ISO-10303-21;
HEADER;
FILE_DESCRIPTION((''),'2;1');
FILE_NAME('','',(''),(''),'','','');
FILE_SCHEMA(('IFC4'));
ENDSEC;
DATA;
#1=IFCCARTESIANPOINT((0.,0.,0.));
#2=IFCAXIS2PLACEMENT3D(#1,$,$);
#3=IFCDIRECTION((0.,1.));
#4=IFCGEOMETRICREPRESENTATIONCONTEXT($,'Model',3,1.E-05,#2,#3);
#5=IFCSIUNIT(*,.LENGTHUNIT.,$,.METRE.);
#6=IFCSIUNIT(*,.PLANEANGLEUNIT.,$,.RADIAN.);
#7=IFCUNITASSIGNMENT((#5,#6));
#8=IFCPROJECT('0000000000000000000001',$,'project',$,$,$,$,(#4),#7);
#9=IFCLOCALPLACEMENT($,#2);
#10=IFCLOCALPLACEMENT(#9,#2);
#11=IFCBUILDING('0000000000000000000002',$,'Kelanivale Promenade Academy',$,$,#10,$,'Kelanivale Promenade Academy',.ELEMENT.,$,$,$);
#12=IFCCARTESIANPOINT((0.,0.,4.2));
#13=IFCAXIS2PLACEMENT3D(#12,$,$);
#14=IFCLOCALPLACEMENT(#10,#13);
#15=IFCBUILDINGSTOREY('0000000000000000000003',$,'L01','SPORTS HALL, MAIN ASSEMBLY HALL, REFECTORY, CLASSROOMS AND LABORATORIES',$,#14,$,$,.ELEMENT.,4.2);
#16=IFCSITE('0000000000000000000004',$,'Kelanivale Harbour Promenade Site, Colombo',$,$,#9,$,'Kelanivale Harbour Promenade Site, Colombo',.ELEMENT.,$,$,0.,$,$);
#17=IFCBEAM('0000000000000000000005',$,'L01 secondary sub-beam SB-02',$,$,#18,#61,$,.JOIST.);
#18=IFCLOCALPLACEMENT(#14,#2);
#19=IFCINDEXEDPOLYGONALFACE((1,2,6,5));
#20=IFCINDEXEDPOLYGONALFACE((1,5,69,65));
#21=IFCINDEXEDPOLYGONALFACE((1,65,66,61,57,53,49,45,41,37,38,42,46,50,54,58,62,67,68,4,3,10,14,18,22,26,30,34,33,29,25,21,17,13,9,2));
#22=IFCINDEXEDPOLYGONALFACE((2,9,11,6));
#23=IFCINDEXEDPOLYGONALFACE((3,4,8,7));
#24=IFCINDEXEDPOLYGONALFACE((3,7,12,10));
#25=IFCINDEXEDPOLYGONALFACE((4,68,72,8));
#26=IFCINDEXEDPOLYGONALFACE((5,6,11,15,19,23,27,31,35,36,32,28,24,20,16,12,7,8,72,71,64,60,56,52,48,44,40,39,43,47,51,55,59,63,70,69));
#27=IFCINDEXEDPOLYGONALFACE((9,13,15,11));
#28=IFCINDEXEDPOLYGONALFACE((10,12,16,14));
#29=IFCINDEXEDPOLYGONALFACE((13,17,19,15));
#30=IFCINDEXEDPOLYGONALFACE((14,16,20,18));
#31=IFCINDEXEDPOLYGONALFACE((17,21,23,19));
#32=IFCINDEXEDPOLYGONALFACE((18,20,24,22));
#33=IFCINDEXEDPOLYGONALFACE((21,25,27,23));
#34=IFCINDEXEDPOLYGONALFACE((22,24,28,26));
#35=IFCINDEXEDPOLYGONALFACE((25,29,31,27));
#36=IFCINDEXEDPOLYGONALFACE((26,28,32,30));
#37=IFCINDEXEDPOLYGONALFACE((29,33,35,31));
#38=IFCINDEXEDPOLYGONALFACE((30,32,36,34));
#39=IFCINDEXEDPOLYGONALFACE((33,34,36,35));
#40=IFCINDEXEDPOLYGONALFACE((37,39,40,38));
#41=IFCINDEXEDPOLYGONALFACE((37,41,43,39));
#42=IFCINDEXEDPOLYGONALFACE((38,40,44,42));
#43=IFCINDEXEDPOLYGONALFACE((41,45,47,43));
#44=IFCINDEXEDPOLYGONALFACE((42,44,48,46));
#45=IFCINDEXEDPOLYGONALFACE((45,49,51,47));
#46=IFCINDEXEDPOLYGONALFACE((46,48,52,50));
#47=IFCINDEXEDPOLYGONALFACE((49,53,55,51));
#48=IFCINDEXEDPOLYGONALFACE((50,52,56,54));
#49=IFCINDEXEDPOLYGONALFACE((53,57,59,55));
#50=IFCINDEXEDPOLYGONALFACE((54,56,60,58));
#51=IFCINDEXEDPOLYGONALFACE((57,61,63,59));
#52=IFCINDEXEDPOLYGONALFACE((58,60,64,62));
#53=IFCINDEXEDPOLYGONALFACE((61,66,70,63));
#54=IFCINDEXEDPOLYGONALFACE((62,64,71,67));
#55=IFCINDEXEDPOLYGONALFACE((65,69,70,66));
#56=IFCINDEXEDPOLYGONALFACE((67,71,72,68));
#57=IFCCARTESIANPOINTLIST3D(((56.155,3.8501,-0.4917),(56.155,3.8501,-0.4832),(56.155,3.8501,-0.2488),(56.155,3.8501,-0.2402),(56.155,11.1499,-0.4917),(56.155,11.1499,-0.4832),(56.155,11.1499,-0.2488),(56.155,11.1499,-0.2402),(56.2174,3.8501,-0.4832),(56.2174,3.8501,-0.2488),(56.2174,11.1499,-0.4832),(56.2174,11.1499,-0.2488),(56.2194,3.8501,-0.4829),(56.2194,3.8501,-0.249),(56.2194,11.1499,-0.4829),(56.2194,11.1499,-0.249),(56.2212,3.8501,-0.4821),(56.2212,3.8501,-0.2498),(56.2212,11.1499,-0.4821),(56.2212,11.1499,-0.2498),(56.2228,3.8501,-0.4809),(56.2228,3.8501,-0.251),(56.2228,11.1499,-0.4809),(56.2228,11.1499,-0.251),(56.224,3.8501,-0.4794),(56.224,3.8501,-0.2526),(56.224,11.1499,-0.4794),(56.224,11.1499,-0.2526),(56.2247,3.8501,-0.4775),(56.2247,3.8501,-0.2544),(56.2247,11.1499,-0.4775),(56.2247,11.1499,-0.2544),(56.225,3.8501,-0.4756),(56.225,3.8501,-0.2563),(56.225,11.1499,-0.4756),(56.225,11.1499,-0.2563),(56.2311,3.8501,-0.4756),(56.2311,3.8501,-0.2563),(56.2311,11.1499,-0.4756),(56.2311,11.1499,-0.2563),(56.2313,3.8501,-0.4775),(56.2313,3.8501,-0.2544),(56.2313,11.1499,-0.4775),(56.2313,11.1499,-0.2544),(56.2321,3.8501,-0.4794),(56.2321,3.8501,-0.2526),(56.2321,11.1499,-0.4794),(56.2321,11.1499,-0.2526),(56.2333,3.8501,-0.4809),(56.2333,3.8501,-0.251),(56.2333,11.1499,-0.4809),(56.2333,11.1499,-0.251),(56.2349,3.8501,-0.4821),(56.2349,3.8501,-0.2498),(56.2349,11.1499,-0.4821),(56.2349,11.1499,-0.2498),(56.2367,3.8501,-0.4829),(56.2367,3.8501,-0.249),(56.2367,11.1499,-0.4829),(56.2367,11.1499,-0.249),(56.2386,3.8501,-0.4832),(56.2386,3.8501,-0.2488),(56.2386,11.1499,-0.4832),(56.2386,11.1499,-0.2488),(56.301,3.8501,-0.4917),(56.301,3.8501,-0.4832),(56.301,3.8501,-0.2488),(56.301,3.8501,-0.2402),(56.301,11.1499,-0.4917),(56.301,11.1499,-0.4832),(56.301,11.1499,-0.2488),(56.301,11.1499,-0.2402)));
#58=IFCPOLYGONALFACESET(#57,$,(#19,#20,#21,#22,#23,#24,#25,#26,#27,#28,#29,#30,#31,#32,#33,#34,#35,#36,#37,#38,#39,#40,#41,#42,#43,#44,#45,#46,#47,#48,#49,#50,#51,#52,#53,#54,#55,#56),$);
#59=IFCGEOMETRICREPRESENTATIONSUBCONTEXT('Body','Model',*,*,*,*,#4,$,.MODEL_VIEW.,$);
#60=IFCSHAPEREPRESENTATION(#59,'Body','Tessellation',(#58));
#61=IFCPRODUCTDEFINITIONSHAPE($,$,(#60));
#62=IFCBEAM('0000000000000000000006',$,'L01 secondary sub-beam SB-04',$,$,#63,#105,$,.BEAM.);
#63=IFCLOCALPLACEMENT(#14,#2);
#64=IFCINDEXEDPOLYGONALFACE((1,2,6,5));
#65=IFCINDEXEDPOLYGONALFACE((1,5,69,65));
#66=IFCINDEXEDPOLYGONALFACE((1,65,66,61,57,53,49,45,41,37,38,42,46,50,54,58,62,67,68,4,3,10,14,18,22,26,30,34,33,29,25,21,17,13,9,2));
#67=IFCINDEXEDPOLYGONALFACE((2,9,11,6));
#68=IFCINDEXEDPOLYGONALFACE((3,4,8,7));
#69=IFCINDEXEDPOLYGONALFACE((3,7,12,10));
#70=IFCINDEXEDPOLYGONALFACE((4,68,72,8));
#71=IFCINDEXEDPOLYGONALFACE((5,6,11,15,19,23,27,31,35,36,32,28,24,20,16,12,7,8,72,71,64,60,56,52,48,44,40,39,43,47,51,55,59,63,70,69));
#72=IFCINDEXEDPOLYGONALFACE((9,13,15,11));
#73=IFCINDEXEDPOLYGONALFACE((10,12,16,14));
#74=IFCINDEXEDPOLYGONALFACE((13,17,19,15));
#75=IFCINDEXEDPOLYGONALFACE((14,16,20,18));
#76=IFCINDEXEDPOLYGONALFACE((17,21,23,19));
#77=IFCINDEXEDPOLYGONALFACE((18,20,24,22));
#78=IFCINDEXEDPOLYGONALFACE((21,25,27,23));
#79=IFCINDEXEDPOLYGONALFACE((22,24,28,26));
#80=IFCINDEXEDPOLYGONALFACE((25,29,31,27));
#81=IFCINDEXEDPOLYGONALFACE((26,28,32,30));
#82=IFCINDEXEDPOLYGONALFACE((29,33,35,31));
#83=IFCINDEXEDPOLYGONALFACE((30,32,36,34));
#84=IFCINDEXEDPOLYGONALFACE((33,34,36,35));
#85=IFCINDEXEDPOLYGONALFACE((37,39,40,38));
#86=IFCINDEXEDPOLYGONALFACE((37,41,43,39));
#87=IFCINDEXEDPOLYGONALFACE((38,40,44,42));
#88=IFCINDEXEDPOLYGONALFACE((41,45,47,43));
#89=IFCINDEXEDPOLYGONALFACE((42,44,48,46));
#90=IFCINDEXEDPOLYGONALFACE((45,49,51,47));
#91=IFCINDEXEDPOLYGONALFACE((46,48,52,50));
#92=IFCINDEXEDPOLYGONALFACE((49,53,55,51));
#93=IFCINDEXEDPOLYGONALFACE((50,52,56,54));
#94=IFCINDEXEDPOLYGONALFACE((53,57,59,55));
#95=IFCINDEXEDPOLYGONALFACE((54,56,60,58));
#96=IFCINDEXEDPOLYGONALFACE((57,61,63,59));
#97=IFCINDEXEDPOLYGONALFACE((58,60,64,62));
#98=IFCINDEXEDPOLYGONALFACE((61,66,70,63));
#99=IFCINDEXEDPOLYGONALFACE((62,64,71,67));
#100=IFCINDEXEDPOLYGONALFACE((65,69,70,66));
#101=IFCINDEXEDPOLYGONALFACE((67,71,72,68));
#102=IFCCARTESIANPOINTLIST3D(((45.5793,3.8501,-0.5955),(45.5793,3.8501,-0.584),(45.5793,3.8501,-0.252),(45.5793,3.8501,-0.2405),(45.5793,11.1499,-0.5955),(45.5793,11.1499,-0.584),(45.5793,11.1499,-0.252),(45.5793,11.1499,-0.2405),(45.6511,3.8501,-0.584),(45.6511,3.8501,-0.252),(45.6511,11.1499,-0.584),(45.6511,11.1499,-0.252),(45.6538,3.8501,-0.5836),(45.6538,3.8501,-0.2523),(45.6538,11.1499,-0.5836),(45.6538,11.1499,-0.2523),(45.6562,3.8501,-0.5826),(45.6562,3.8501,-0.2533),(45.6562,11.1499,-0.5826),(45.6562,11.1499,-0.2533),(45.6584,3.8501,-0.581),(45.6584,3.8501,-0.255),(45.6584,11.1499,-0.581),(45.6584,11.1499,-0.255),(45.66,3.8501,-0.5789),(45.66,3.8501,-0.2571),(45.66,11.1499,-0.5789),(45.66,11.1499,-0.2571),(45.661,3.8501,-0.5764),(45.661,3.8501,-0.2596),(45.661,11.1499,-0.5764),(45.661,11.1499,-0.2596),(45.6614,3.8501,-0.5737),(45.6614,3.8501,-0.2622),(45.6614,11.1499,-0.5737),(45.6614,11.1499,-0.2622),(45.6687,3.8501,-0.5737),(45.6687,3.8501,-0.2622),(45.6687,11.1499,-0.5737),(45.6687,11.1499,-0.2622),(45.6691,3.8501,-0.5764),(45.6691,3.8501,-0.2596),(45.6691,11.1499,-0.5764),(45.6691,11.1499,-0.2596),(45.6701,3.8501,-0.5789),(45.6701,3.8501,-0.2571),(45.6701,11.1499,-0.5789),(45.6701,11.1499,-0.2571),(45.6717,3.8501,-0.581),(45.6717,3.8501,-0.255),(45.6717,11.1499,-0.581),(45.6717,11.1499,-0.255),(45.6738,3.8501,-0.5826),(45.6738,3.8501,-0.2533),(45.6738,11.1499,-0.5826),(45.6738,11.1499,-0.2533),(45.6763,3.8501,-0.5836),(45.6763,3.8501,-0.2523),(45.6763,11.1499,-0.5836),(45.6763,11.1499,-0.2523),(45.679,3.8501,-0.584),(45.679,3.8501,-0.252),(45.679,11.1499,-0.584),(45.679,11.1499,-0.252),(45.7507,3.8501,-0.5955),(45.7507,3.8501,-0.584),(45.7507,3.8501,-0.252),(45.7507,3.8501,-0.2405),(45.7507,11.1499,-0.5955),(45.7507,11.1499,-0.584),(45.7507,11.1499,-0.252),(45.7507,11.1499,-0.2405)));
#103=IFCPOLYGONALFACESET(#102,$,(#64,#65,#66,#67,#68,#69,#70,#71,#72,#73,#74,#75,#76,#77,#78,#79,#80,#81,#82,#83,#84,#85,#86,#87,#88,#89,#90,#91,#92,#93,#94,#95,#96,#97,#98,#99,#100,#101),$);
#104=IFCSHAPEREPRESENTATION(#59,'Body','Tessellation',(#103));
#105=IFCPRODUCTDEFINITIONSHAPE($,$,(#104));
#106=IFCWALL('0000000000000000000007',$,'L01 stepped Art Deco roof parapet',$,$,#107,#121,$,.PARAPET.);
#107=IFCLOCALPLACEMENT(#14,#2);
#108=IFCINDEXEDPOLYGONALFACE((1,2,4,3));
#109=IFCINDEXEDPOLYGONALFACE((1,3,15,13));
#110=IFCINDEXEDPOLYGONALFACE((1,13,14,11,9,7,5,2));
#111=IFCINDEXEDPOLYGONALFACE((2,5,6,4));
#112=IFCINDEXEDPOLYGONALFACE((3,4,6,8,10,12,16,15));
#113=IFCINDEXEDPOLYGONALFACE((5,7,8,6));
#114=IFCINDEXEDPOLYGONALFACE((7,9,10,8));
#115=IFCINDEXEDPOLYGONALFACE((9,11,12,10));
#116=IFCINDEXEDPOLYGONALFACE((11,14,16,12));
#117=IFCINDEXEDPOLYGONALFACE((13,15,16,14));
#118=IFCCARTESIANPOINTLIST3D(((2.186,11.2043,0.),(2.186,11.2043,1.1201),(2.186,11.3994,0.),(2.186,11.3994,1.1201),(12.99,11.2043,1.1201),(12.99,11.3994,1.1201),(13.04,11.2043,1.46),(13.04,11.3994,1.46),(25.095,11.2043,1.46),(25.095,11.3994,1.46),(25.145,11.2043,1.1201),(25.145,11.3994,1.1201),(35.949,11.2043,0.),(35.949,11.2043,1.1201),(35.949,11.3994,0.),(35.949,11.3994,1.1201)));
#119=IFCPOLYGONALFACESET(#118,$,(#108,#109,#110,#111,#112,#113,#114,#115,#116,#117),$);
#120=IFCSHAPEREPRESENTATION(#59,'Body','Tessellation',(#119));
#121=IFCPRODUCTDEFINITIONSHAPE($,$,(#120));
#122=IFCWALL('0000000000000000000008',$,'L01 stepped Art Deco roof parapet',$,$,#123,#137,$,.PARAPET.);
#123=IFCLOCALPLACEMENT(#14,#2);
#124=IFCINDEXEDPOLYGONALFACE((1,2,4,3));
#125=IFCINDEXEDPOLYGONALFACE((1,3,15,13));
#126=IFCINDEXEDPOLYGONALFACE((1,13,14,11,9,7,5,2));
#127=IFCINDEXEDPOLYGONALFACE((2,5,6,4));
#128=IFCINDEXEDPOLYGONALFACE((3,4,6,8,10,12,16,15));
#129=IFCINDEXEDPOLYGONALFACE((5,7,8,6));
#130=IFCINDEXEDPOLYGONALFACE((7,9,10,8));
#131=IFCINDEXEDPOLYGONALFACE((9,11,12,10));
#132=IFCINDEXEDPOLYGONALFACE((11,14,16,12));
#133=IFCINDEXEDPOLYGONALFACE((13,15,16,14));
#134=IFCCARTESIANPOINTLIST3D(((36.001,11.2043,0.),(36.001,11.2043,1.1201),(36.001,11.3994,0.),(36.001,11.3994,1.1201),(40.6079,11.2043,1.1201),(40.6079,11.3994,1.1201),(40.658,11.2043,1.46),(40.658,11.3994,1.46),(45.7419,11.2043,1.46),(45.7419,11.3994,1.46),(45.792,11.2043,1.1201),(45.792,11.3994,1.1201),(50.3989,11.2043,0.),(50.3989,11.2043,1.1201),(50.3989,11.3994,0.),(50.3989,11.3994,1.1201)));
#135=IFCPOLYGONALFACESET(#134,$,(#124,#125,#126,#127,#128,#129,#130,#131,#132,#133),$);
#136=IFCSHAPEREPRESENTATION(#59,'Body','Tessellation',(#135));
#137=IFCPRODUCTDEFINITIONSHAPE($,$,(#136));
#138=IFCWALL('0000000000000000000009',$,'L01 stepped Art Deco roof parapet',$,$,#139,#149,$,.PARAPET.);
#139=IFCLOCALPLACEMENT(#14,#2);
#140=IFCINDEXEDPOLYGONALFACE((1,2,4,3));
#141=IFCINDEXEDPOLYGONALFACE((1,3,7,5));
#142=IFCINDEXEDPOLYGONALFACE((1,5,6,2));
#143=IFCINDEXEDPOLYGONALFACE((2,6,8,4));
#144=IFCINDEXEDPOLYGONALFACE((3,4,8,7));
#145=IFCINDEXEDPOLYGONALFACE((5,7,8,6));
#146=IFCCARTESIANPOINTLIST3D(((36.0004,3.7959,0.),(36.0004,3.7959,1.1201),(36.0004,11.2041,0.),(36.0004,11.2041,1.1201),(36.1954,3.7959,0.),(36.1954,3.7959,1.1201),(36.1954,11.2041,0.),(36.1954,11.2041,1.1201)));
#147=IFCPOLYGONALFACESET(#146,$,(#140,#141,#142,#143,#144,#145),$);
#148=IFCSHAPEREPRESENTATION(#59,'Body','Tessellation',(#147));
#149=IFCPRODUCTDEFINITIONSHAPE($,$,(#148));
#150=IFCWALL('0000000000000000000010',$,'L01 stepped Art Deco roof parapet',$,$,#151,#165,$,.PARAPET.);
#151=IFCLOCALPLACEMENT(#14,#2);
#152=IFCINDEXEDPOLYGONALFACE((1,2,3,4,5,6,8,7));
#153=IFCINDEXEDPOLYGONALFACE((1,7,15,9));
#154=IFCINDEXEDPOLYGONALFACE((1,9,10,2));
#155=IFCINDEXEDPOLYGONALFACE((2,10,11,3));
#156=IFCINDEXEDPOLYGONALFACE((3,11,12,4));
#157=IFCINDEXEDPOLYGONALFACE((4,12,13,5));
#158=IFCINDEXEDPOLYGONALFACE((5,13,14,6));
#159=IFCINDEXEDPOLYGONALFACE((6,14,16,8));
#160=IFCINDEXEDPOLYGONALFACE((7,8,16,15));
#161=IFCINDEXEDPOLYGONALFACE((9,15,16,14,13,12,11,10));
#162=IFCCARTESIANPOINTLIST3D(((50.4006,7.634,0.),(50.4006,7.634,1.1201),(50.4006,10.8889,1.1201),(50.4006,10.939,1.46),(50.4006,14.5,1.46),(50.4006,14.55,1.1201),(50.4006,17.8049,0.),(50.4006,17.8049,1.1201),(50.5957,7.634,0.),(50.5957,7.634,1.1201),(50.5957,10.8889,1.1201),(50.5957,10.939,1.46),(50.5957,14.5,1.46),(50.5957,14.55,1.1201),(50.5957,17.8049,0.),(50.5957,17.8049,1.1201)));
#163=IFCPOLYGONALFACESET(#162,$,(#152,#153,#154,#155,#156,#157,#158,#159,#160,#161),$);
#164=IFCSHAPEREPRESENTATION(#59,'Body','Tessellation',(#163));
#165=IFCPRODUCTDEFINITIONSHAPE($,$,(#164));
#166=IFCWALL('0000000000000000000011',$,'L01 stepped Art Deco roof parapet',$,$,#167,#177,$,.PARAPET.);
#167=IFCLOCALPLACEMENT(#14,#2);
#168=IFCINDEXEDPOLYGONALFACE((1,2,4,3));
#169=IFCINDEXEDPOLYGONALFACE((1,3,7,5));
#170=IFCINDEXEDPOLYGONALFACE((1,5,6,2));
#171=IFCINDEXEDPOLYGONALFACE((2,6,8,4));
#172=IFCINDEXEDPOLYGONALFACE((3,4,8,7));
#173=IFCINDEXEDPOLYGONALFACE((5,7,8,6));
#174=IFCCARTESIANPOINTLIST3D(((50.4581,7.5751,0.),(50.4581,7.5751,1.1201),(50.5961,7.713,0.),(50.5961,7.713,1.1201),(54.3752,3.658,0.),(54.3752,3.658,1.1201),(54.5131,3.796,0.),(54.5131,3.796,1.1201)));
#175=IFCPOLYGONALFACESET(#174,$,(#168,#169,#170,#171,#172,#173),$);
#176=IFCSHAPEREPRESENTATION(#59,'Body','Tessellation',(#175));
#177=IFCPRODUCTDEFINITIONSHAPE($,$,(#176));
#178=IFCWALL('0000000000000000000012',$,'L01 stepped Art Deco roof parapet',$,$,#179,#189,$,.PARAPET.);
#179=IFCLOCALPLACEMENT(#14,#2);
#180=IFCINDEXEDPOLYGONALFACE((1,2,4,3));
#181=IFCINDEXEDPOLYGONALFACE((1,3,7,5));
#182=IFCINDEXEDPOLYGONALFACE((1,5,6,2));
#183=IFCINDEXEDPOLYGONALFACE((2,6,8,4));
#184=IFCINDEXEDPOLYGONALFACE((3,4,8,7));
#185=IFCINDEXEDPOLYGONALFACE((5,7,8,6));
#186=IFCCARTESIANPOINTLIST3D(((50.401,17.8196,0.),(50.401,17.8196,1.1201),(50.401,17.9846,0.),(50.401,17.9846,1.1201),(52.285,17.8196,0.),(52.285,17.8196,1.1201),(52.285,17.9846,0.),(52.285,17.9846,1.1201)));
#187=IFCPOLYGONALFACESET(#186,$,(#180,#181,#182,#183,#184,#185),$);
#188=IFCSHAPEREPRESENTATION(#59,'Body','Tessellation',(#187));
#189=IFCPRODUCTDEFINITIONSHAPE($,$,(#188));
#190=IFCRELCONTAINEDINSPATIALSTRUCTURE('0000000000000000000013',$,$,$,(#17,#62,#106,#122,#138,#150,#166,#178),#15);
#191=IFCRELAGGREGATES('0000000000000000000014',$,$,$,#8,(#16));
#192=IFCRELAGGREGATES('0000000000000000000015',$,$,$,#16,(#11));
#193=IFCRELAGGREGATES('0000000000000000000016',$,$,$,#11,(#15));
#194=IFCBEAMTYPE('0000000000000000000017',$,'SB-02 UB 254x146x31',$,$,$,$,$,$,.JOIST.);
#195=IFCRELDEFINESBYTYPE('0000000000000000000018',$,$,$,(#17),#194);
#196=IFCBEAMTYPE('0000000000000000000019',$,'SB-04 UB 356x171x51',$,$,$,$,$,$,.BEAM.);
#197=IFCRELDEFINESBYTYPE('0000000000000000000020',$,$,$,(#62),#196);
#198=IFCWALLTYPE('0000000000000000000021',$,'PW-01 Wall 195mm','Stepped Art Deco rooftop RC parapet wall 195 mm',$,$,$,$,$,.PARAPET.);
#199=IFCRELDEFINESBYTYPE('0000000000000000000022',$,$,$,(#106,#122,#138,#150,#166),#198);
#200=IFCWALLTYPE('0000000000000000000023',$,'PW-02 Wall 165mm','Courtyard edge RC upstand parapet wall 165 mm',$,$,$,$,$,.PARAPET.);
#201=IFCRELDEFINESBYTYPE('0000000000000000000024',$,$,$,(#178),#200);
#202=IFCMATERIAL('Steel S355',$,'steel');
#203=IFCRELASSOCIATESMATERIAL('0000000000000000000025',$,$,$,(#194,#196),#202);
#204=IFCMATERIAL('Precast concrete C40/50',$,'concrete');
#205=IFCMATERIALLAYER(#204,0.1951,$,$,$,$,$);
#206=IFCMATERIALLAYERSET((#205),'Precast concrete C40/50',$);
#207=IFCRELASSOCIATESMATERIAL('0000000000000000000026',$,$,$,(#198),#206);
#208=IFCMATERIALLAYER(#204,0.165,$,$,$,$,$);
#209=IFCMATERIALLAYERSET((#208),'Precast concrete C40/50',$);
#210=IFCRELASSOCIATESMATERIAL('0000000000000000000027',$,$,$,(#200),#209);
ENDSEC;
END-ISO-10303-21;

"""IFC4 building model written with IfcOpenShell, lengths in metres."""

from ifc_helpers import new_model, si_unit, direction, frame, frame_2d, origin, origin_2d, place, context, subcontext, project, spatial, polyline, rectangle, i_section, outline, extrude, material, layer, layer_set, material_profile, profile_set, type_object, element, save


model = new_model("IFC4")

# Units and contexts
model_context = context("Model", 3, precision=1e-05, world=origin(), true_north=direction((0.0, 1.0)))
body_context = subcontext(model_context, "Body", "Model", "MODEL_VIEW")
ifc_project = project(units=[si_unit("LENGTHUNIT", "METRE"), si_unit("PLANEANGLEUNIT", "RADIAN")], contexts=[model_context])

# Site, building, storey
site_placement = place(None, origin())
site = spatial("IfcSite", under=ifc_project, at=site_placement, Name="Kelanivale Harbour Promenade Site, Colombo", LongName="Kelanivale Harbour Promenade Site, Colombo", CompositionType="ELEMENT", RefElevation=0.0)
building_placement = place(site_placement, origin())
building = spatial("IfcBuilding", under=site, at=building_placement, Name="Kelanivale Promenade Academy", LongName="Kelanivale Promenade Academy", CompositionType="ELEMENT")
storey_placement = place(building_placement, frame((0.0, 0.0, 4.2)))
storey = spatial("IfcBuildingStorey", under=building, at=storey_placement, Name="L01", Description="SPORTS HALL, MAIN ASSEMBLY HALL, REFECTORY, CLASSROOMS AND LABORATORIES", CompositionType="ELEMENT", Elevation=4.2)

# Beams
ifc_material_1 = material(Name="Steel S355", Category="steel")
ifc_material_profile_1 = material_profile(ifc_material_1, i_section(OverallWidth=0.146, OverallDepth=0.2515, WebThickness=0.0061, FlangeThickness=0.0085, FilletRadius=0.0076, at=origin_2d()), Name="UB 254x146x31")
ifc_profile_set_1 = profile_set([ifc_material_profile_1], Name="Steel S355")
beam_type_1 = type_object("IfcBeamType", Name="SB-02 UB 254x146x31", PredefinedType="JOIST", material=ifc_profile_set_1)
beam_1_placement = place(storey_placement, frame((56.228, 3.8501, -0.366), z_axis=(0.0, 1.0, 0.0), x_axis=(-1.0, 0.0, 0.0)))
element("IfcBeam", 1, at=beam_1_placement, inside=storey, type_object=beam_type_1, Name="L01 secondary sub-beam SB-02", PredefinedType="JOIST", context=body_context, shape_type="SweptSolid", body=[
    extrude(i_section(OverallWidth=0.146, OverallDepth=0.2515, WebThickness=0.0061, FlangeThickness=0.0085, FilletRadius=0.0076, at=origin_2d()), origin(), (0.0, 0.0, 1.0), 7.2998),
])
ifc_material_profile_2 = material_profile(ifc_material_1, i_section(OverallWidth=0.1714, OverallDepth=0.355, WebThickness=0.0073, FlangeThickness=0.0115, FilletRadius=0.0103, at=origin_2d()), Name="UB 356x171x51")
ifc_profile_set_2 = profile_set([ifc_material_profile_2], Name="Steel S355")
beam_type_2 = type_object("IfcBeamType", Name="SB-04 UB 356x171x51", PredefinedType="BEAM", material=ifc_profile_set_2)
beam_2_placement = place(storey_placement, frame((45.665, 3.8501, -0.418), z_axis=(0.0, 1.0, 0.0), x_axis=(-1.0, 0.0, 0.0)))
element("IfcBeam", 2, at=beam_2_placement, inside=storey, type_object=beam_type_2, Name="L01 secondary sub-beam SB-04", PredefinedType="BEAM", context=body_context, shape_type="SweptSolid", body=[
    extrude(i_section(OverallWidth=0.1714, OverallDepth=0.355, WebThickness=0.0073, FlangeThickness=0.0115, FilletRadius=0.0103, at=origin_2d()), origin(), (0.0, 0.0, 1.0), 7.2998),
])

# Walls
ifc_material_2 = material(Name="Precast concrete C40/50", Category="concrete")
ifc_layer_1 = layer(ifc_material_2, 0.1951)
ifc_layer_set_1 = layer_set([ifc_layer_1], Name="Precast concrete C40/50")
wall_type_1 = type_object("IfcWallType", Name="PW-01 Wall 195mm", Description="Stepped Art Deco rooftop RC parapet wall 195 mm", PredefinedType="PARAPET", material=ifc_layer_set_1)
wall_1_placement = place(storey_placement, frame((35.949, 11.302, 0.0), z_axis=(0.0, 0.0, 1.0), x_axis=(-1.0, 0.0, 0.0)))
element("IfcWall", 3, at=wall_1_placement, inside=storey, type_object=wall_type_1, Name="L01 stepped Art Deco roof parapet", PredefinedType="PARAPET", context=body_context, shape_type="SweptSolid", body=[
    extrude(outline(polyline([(0.0, 0.0), (33.7629, 0.0), (33.7629, 1.1201), (22.959, 1.1201), (22.9089, 1.46), (10.854, 1.46), (10.804, 1.1201), (0.0, 1.1201), (0.0, 0.0)])), frame((0.0, 0.0977, 0.0), z_axis=(0.0, -1.0, 0.0), x_axis=(1.0, 0.0, 0.0)), (0.0, 0.0, 1.0), 0.1951),
])
wall_2_placement = place(storey_placement, frame((50.3989, 11.302, 0.0), z_axis=(0.0, 0.0, 1.0), x_axis=(-1.0, 0.0, 0.0)))
element("IfcWall", 4, at=wall_2_placement, inside=storey, type_object=wall_type_1, Name="L01 stepped Art Deco roof parapet", PredefinedType="PARAPET", context=body_context, shape_type="SweptSolid", body=[
    extrude(outline(polyline([(0.0, 0.0), (14.3979, 0.0), (14.3979, 1.1201), (9.791, 1.1201), (9.741, 1.46), (4.657, 1.46), (4.6069, 1.1201), (0.0, 1.1201), (0.0, 0.0)])), frame((0.0, 0.0977, 0.0), z_axis=(0.0, -1.0, 0.0), x_axis=(1.0, 0.0, 0.0)), (0.0, 0.0, 1.0), 0.1951),
])
wall_3_placement = place(storey_placement, frame((36.0979, 11.2041, 0.0), z_axis=(0.0, 0.0, 1.0), x_axis=(0.0, -1.0, 0.0)))
element("IfcWall", 5, at=wall_3_placement, inside=storey, type_object=wall_type_1, Name="L01 stepped Art Deco roof parapet", PredefinedType="PARAPET", context=body_context, shape_type="SweptSolid", body=[
    extrude(rectangle(XDim=7.4082, YDim=0.1951, at=frame_2d((3.7041, 0.0))), origin(), (0.0, 0.0, 1.0), 1.1201),
])
wall_4_placement = place(storey_placement, frame((50.498, 17.8049, 0.0), z_axis=(0.0, 0.0, 1.0), x_axis=(0.0, -1.0, 0.0)))
element("IfcWall", 6, at=wall_4_placement, inside=storey, type_object=wall_type_1, Name="L01 stepped Art Deco roof parapet", PredefinedType="PARAPET", context=body_context, shape_type="SweptSolid", body=[
    extrude(outline(polyline([(0.0, 0.0), (10.1709, 0.0), (10.1709, 1.1201), (6.916, 1.1201), (6.866, 1.46), (3.3049, 1.46), (3.2549, 1.1201), (0.0, 1.1201), (0.0, 0.0)])), frame((0.0, 0.0977, 0.0), z_axis=(0.0, -1.0, 0.0), x_axis=(1.0, 0.0, 0.0)), (0.0, 0.0, 1.0), 0.1951),
])
wall_5_placement = place(storey_placement, frame((50.5271, 7.644, 0.0), z_axis=(0.0, 0.0, 1.0), x_axis=(0.707107, -0.707107, 0.0)))
element("IfcWall", 7, at=wall_5_placement, inside=storey, type_object=wall_type_1, Name="L01 stepped Art Deco roof parapet", PredefinedType="PARAPET", context=body_context, shape_type="SweptSolid", body=[
    extrude(rectangle(XDim=5.5396, YDim=0.1951, at=frame_2d((2.7698, 0.0))), origin(), (0.0, 0.0, 1.0), 1.1201),
])
ifc_layer_2 = layer(ifc_material_2, 0.165)
ifc_layer_set_2 = layer_set([ifc_layer_2], Name="Precast concrete C40/50")
wall_type_2 = type_object("IfcWallType", Name="PW-02 Wall 165mm", Description="Courtyard edge RC upstand parapet wall 165 mm", PredefinedType="PARAPET", material=ifc_layer_set_2)
wall_6_placement = place(storey_placement, frame((52.2849, 17.9021, 0.0), z_axis=(0.0, 0.0, 1.0), x_axis=(-1.0, 0.0, 0.0)))
element("IfcWall", 8, at=wall_6_placement, inside=storey, type_object=wall_type_2, Name="L01 stepped Art Deco roof parapet", PredefinedType="PARAPET", context=body_context, shape_type="SweptSolid", body=[
    extrude(rectangle(XDim=1.884, YDim=0.165, at=frame_2d((0.9419, 0.0))), origin(), (0.0, 0.0, 1.0), 1.1201),
])

save(model, "model.ifc")
